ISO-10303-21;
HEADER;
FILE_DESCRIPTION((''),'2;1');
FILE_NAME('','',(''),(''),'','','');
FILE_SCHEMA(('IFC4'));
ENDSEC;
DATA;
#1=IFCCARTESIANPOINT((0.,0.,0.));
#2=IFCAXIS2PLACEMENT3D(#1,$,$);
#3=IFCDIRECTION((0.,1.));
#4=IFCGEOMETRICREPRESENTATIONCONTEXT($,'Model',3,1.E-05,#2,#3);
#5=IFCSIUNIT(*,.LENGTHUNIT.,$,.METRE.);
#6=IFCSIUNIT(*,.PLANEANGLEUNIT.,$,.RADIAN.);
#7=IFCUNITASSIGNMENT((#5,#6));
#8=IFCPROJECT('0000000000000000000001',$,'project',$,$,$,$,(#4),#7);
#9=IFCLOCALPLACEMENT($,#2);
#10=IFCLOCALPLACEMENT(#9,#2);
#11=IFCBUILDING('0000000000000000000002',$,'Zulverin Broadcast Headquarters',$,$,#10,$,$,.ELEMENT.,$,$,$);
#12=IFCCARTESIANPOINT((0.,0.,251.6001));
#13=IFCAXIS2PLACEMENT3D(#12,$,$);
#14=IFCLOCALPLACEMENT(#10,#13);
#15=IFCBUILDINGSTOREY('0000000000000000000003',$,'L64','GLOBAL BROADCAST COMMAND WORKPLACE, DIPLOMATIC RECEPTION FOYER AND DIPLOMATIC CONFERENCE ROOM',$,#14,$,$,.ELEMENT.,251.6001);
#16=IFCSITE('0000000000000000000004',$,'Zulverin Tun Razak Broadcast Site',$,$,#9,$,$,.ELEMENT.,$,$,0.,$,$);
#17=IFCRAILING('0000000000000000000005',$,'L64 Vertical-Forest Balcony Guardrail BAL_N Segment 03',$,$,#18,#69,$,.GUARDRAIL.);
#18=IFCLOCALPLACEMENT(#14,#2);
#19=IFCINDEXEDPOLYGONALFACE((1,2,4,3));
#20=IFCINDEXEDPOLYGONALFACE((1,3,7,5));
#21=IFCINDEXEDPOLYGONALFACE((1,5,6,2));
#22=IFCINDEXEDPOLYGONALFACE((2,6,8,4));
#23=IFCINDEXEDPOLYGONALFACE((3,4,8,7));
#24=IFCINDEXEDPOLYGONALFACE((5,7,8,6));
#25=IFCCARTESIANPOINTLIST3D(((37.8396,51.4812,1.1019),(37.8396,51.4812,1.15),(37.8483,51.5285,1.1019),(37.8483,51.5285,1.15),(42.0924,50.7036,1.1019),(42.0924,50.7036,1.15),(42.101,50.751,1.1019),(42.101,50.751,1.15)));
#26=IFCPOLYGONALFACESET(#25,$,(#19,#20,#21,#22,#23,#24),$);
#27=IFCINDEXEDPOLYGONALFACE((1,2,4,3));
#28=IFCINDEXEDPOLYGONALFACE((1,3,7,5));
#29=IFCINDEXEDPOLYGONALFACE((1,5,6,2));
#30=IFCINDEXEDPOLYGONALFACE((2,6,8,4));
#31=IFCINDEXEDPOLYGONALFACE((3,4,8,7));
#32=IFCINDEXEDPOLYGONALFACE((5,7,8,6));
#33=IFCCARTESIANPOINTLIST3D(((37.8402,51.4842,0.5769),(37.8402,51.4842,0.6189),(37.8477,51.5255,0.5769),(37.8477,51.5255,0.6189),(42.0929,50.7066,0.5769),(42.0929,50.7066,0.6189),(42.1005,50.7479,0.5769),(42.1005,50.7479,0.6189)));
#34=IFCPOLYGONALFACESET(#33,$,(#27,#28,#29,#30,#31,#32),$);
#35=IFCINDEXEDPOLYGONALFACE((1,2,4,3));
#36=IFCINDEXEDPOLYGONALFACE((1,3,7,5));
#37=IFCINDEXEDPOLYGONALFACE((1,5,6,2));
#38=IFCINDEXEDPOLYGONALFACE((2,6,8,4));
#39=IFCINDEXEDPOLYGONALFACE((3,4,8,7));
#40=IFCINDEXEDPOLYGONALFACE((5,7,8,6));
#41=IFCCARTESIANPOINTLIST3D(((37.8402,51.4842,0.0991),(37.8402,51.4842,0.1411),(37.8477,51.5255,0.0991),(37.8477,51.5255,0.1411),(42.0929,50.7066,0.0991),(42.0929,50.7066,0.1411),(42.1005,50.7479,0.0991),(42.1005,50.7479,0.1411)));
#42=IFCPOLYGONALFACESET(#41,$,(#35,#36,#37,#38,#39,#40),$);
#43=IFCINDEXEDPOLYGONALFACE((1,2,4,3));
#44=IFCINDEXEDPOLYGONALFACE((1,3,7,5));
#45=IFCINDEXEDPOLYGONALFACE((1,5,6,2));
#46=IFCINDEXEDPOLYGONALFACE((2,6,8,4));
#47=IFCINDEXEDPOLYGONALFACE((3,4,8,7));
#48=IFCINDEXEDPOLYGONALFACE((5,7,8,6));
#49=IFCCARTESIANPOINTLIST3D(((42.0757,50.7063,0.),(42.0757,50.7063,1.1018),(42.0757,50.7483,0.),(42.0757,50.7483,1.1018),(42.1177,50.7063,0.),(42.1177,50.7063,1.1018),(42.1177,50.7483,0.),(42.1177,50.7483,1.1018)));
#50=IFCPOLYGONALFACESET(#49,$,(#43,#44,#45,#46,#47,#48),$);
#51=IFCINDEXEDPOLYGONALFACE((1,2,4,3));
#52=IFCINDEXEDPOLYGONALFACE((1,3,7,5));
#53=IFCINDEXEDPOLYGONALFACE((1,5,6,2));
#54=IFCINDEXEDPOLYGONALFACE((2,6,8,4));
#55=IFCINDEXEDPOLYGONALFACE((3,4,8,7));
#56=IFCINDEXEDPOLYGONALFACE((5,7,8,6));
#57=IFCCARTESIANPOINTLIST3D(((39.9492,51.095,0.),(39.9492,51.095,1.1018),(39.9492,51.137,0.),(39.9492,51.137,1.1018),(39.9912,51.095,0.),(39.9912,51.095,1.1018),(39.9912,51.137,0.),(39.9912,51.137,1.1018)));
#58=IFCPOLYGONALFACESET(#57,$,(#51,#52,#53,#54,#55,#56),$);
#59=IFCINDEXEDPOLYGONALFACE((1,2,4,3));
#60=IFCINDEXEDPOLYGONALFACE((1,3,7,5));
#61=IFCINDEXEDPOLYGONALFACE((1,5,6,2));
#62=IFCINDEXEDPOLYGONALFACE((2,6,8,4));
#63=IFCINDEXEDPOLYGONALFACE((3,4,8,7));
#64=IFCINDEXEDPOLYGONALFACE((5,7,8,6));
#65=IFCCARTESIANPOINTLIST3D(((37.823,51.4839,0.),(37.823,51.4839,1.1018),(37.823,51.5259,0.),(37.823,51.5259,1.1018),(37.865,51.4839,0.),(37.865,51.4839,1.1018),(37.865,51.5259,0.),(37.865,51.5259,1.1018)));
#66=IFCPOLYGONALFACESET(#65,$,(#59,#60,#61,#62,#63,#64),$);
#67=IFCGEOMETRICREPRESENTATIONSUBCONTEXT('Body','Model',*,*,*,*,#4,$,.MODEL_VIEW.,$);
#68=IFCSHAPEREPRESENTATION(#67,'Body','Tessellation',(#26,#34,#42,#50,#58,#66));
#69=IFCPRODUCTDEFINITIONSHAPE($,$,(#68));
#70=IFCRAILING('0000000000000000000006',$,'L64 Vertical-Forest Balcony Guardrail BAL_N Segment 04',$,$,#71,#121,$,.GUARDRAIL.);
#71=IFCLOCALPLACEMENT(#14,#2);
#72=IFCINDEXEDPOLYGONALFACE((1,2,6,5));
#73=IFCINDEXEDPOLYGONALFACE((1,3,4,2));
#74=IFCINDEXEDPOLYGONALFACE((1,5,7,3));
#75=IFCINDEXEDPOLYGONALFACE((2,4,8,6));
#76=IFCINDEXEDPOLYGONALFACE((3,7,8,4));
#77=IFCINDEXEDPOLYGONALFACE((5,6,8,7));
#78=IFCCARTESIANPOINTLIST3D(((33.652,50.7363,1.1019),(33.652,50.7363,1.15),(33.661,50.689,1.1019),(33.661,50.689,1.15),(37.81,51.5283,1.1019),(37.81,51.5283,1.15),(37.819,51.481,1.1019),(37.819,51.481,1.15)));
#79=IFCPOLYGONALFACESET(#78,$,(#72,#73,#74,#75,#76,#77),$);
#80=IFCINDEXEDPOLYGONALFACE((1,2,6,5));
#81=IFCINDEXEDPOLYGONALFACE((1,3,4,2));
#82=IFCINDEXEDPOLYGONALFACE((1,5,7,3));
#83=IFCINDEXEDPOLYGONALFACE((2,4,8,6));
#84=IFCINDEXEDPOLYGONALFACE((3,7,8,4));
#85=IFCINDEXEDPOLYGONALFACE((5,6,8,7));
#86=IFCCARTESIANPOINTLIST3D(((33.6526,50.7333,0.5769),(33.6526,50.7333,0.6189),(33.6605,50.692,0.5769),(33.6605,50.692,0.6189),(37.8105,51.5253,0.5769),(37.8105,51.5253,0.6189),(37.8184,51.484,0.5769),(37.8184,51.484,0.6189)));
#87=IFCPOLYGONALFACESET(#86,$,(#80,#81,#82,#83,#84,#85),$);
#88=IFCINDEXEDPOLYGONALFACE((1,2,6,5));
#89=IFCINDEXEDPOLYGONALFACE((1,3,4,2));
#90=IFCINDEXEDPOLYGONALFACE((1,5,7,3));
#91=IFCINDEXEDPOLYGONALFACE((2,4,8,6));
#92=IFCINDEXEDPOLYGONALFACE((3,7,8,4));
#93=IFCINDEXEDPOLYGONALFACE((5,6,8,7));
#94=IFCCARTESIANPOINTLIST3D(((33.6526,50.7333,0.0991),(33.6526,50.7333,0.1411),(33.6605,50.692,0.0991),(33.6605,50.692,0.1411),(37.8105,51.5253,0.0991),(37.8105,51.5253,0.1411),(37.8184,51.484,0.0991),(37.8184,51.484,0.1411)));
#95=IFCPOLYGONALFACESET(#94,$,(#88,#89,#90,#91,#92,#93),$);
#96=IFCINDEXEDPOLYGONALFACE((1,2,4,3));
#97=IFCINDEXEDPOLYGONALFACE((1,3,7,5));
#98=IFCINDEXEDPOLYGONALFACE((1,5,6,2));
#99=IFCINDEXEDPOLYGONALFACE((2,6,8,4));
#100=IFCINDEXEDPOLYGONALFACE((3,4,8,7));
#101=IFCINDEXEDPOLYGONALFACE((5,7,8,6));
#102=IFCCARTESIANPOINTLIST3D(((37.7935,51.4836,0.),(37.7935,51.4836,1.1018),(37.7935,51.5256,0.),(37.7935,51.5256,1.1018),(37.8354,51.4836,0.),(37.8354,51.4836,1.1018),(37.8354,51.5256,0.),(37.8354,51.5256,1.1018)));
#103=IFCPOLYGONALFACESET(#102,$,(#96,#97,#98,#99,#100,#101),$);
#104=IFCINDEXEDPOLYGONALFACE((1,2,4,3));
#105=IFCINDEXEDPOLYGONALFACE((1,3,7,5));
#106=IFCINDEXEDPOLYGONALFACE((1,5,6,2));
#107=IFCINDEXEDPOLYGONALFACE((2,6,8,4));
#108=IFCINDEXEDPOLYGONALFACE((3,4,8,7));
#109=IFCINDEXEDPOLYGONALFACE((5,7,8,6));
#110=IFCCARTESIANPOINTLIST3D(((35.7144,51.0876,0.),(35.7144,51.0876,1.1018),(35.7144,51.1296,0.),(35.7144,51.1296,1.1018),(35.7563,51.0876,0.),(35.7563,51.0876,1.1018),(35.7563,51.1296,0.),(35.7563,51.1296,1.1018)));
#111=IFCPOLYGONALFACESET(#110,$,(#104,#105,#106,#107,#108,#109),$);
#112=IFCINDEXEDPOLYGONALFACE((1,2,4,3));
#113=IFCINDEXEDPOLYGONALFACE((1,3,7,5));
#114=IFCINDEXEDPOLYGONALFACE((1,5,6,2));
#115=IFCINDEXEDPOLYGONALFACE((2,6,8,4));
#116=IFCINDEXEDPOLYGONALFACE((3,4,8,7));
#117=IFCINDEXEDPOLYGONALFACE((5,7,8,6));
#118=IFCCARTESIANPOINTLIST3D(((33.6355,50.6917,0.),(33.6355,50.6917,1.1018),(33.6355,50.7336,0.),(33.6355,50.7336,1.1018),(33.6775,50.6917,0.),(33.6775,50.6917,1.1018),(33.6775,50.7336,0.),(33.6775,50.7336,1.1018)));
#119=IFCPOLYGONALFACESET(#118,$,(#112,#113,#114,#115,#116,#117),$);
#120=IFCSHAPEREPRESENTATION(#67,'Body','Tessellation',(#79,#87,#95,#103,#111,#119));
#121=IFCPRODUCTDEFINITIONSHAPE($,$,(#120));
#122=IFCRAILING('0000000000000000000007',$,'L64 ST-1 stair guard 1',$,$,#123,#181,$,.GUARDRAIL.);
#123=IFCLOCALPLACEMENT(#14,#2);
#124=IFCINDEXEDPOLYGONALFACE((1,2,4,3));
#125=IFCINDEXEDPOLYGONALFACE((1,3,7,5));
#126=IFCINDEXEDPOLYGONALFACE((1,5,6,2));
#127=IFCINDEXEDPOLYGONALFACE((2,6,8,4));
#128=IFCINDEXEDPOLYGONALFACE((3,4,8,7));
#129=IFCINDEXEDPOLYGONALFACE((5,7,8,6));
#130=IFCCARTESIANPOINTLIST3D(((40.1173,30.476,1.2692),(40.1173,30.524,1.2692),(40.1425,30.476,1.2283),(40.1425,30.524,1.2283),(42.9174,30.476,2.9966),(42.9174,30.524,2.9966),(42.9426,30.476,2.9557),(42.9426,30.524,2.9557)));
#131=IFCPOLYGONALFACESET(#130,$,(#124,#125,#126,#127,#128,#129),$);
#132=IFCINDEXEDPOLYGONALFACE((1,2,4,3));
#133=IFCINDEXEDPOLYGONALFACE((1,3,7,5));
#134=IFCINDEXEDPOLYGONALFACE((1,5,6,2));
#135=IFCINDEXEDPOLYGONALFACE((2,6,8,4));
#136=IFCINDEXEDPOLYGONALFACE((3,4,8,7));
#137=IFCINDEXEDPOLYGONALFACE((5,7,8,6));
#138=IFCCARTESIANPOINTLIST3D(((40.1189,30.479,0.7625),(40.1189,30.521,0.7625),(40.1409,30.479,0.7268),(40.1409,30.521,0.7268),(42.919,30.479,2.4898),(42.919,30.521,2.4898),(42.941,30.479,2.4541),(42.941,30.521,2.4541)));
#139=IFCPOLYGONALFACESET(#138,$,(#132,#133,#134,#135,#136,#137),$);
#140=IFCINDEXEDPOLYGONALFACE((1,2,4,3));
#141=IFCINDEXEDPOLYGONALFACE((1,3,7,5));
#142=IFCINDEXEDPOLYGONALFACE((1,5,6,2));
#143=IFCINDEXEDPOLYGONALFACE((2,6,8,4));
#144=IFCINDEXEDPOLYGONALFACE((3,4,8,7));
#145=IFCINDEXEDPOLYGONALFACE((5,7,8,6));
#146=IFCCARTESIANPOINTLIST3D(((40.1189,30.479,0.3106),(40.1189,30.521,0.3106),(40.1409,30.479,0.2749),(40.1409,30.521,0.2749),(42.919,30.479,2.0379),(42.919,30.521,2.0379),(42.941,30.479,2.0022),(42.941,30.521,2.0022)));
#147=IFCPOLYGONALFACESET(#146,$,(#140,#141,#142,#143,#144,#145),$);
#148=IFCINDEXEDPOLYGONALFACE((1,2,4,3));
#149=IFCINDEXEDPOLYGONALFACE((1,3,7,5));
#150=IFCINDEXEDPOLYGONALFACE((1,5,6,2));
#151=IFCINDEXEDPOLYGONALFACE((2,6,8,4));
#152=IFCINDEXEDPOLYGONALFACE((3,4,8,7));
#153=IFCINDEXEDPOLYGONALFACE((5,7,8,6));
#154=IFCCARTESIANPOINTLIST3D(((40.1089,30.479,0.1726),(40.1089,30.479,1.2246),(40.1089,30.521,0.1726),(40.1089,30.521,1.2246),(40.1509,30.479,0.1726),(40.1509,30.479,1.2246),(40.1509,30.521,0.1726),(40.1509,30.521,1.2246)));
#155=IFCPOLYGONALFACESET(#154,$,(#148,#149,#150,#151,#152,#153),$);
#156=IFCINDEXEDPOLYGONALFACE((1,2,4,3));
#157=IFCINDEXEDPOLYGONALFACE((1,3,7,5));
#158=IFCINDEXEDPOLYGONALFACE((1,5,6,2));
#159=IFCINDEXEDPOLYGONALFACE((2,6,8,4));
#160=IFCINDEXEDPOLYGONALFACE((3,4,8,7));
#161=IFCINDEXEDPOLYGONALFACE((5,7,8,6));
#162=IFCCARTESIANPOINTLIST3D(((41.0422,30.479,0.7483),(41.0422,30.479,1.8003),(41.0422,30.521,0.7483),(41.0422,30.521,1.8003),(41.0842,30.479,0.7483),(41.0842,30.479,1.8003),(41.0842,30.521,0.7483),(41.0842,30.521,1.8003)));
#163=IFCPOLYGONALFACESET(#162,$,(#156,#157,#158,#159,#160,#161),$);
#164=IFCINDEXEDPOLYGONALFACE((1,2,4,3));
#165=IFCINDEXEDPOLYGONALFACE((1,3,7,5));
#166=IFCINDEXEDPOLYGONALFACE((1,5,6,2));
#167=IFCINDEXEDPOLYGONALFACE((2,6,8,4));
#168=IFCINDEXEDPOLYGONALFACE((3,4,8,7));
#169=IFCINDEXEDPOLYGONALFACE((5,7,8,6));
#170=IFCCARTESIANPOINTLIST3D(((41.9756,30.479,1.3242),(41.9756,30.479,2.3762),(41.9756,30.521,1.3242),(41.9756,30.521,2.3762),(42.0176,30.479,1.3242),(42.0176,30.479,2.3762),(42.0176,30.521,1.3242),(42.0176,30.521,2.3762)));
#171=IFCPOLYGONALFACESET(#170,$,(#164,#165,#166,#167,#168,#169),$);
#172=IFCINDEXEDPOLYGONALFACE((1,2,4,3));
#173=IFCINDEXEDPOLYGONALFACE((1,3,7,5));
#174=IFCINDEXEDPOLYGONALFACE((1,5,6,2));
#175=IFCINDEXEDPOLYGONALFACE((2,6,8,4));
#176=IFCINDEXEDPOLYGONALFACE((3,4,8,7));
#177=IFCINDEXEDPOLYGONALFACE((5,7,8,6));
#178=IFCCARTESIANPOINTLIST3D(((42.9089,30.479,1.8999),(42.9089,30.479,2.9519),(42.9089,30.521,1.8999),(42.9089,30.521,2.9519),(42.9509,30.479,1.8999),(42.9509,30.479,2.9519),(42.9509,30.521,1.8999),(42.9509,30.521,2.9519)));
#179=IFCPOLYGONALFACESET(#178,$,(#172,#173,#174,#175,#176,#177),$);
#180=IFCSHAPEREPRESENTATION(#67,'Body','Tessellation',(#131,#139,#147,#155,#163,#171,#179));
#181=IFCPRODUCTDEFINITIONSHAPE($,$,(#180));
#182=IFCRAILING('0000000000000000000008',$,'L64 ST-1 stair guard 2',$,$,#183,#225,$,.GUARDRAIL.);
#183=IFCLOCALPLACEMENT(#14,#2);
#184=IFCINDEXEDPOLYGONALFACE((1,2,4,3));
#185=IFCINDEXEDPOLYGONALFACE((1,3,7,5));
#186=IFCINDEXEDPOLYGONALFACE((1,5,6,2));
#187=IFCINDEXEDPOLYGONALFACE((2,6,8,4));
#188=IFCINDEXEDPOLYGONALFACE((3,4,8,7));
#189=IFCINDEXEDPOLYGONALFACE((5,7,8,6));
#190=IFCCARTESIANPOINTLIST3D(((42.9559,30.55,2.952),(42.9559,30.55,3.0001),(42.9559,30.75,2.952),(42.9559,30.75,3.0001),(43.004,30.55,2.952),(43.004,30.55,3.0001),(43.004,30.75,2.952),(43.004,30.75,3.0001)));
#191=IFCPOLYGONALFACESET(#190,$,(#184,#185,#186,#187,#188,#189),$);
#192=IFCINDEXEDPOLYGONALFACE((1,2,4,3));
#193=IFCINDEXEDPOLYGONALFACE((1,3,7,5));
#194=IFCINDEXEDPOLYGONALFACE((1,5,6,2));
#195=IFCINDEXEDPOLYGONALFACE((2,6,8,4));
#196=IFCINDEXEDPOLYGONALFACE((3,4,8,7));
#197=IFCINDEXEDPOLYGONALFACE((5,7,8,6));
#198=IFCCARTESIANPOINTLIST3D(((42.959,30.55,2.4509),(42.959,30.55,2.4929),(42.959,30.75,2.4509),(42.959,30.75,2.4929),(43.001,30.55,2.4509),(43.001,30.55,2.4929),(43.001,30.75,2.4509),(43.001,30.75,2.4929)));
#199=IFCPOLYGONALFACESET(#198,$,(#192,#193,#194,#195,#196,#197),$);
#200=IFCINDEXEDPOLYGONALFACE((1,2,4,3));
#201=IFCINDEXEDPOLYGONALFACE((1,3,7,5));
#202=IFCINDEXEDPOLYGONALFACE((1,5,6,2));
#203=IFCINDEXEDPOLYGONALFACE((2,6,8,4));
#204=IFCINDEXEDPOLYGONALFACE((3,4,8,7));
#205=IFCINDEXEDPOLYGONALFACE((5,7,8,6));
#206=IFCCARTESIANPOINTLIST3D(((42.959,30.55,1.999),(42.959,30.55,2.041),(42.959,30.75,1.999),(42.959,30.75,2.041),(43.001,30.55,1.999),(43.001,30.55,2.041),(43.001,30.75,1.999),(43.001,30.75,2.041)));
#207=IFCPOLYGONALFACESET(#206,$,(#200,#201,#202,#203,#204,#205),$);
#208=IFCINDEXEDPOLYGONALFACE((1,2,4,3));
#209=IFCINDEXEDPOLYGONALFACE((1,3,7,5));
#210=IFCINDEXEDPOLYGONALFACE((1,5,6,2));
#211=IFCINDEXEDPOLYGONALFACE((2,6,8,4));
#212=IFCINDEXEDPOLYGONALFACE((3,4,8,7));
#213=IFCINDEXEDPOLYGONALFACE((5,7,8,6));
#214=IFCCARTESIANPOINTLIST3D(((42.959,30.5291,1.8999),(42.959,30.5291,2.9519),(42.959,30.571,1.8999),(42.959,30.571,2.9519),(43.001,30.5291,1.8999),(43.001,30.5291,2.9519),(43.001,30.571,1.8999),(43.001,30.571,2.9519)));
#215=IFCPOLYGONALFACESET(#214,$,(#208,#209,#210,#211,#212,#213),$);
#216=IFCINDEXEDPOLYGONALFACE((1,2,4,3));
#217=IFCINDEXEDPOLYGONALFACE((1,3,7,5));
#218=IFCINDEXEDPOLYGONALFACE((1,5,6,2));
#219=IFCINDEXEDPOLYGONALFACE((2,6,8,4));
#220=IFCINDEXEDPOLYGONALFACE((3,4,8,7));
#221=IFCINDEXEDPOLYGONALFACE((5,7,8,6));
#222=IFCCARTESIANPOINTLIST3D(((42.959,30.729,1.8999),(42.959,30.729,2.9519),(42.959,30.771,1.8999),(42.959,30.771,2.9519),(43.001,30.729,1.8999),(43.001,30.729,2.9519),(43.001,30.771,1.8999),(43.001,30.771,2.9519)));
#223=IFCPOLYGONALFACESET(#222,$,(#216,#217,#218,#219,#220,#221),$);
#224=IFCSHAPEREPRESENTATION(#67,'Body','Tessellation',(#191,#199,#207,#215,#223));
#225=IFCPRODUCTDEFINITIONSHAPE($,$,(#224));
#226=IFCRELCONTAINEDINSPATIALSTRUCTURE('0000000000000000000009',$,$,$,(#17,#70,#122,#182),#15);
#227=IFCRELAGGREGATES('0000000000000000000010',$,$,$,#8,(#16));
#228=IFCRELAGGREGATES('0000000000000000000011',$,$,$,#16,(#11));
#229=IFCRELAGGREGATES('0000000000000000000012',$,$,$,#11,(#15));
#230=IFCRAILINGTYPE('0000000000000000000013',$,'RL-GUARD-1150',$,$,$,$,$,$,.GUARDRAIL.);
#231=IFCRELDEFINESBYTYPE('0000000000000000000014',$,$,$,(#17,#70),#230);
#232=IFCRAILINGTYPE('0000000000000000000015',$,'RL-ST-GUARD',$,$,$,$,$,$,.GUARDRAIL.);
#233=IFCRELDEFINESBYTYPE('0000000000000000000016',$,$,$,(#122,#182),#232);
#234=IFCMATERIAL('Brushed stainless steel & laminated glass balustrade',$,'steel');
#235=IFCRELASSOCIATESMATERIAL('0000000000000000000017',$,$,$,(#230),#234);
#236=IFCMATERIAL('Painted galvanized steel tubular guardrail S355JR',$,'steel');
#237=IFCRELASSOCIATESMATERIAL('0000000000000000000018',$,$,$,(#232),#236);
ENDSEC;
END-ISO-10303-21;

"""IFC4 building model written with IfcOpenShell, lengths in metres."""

from ifc_helpers import new_model, si_unit, direction, frame, origin, origin_2d, place, context, subcontext, project, spatial, rectangle, extrude, material, type_object, element, save


model = new_model("IFC4")

# Units and contexts
model_context = context("Model", 3, precision=1e-05, world=origin(), true_north=direction((0.0, 1.0)))
body_context = subcontext(model_context, "Body", "Model", "MODEL_VIEW")
ifc_project = project(units=[si_unit("LENGTHUNIT", "METRE"), si_unit("PLANEANGLEUNIT", "RADIAN")], contexts=[model_context])

# Site, building, storey
site_placement = place(None, origin())
site = spatial("IfcSite", under=ifc_project, at=site_placement, Name="Zulverin Tun Razak Broadcast Site", CompositionType="ELEMENT", RefElevation=0.0)
building_placement = place(site_placement, origin())
building = spatial("IfcBuilding", under=site, at=building_placement, Name="Zulverin Broadcast Headquarters", CompositionType="ELEMENT")
storey_placement = place(building_placement, frame((0.0, 0.0, 251.6001)))
storey = spatial("IfcBuildingStorey", under=building, at=storey_placement, Name="L64", Description="GLOBAL BROADCAST COMMAND WORKPLACE, DIPLOMATIC RECEPTION FOYER AND DIPLOMATIC CONFERENCE ROOM", CompositionType="ELEMENT", Elevation=251.6001)

# Railings
ifc_material_1 = material(Name="Brushed stainless steel & laminated glass balustrade", Category="steel")
railing_type_1 = type_object("IfcRailingType", Name="RL-GUARD-1150", PredefinedType="GUARDRAIL", material=ifc_material_1)
railing_1_placement = place(storey_placement, frame((42.0967, 50.7273, 0.0)))
element("IfcRailing", 1, at=railing_1_placement, inside=storey, type_object=railing_type_1, Name="L64 Vertical-Forest Balcony Guardrail BAL_N Segment 03", PredefinedType="GUARDRAIL", context=body_context, shape_type="SweptSolid", body=[
    extrude(rectangle(XDim=0.0481, YDim=0.0481, at=origin_2d()), frame((0.0, 0.0, 1.126), z_axis=(-0.983691, 0.179864, 0.0), x_axis=(-0.179864, -0.983691, 0.0)), (0.0, 0.0, 1.0), 4.3232),
    extrude(rectangle(XDim=0.042, YDim=0.042, at=origin_2d()), frame((0.0, 0.0, 0.5979), z_axis=(-0.983691, 0.179864, 0.0), x_axis=(-0.179864, -0.983691, 0.0)), (0.0, 0.0, 1.0), 4.3232),
    extrude(rectangle(XDim=0.042, YDim=0.042, at=origin_2d()), frame((0.0, 0.0, 0.1201), z_axis=(-0.983691, 0.179864, 0.0), x_axis=(-0.179864, -0.983691, 0.0)), (0.0, 0.0, 1.0), 4.3232),
    extrude(rectangle(XDim=0.042, YDim=0.042, at=origin_2d()), origin(), (0.0, 0.0, 1.0), 1.1018),
    extrude(rectangle(XDim=0.042, YDim=0.042, at=origin_2d()), frame((-2.1265, 0.3887, 0.0)), (0.0, 0.0, 1.0), 1.1018),
    extrude(rectangle(XDim=0.042, YDim=0.042, at=origin_2d()), frame((-4.2527, 0.7776, 0.0)), (0.0, 0.0, 1.0), 1.1018),
])
railing_2_placement = place(storey_placement, frame((37.8145, 51.5046, 0.0)))
element("IfcRailing", 2, at=railing_2_placement, inside=storey, type_object=railing_type_1, Name="L64 Vertical-Forest Balcony Guardrail BAL_N Segment 04", PredefinedType="GUARDRAIL", context=body_context, shape_type="SweptSolid", body=[
    extrude(rectangle(XDim=0.0481, YDim=0.0481, at=origin_2d()), frame((0.0, 0.0, 1.126), z_axis=(-0.982339, -0.187112, 0.0), x_axis=(0.187112, -0.982339, 0.0)), (0.0, 0.0, 1.0), 4.2327),
    extrude(rectangle(XDim=0.042, YDim=0.042, at=origin_2d()), frame((0.0, 0.0, 0.5979), z_axis=(-0.982339, -0.187112, 0.0), x_axis=(0.187112, -0.982339, 0.0)), (0.0, 0.0, 1.0), 4.2327),
    extrude(rectangle(XDim=0.042, YDim=0.042, at=origin_2d()), frame((0.0, 0.0, 0.1201), z_axis=(-0.982339, -0.187112, 0.0), x_axis=(0.187112, -0.982339, 0.0)), (0.0, 0.0, 1.0), 4.2327),
    extrude(rectangle(XDim=0.042, YDim=0.042, at=origin_2d()), origin(), (0.0, 0.0, 1.0), 1.1018),
    extrude(rectangle(XDim=0.042, YDim=0.042, at=origin_2d()), frame((-2.0791, -0.396, 0.0)), (0.0, 0.0, 1.0), 1.1018),
    extrude(rectangle(XDim=0.042, YDim=0.042, at=origin_2d()), frame((-4.158, -0.792, 0.0)), (0.0, 0.0, 1.0), 1.1018),
])
ifc_material_2 = material(Name="Painted galvanized steel tubular guardrail S355JR", Category="steel")
railing_type_2 = type_object("IfcRailingType", Name="RL-ST-GUARD", PredefinedType="GUARDRAIL", material=ifc_material_2)
railing_3_placement = place(storey_placement, frame((40.1299, 30.5, 0.1726)))
element("IfcRailing", 3, at=railing_3_placement, inside=storey, type_object=railing_type_2, Name="L64 ST-1 stair guard 1", PredefinedType="GUARDRAIL", context=body_context, shape_type="SweptSolid", body=[
    extrude(rectangle(XDim=0.0481, YDim=0.0481, at=origin_2d()), frame((0.0, 0.0, 1.0762), z_axis=(0.85109, 0.0, 0.52502), x_axis=(0.0, 1.0, 0.0)), (0.0, 0.0, 1.0), 3.29),
    extrude(rectangle(XDim=0.042, YDim=0.042, at=origin_2d()), frame((0.0, 0.0, 0.572), z_axis=(0.85109, 0.0, 0.52502), x_axis=(0.0, 1.0, 0.0)), (0.0, 0.0, 1.0), 3.29),
    extrude(rectangle(XDim=0.042, YDim=0.042, at=origin_2d()), frame((0.0, 0.0, 0.1201), z_axis=(0.85109, 0.0, 0.52502), x_axis=(0.0, 1.0, 0.0)), (0.0, 0.0, 1.0), 3.29),
    extrude(rectangle(XDim=0.042, YDim=0.042, at=origin_2d()), origin(), (0.0, 0.0, 1.0), 1.052),
    extrude(rectangle(XDim=0.042, YDim=0.042, at=origin_2d()), frame((0.9333, 0.0, 0.5757)), (0.0, 0.0, 1.0), 1.052),
    extrude(rectangle(XDim=0.042, YDim=0.042, at=origin_2d()), frame((1.8667, 0.0, 1.1516)), (0.0, 0.0, 1.0), 1.052),
    extrude(rectangle(XDim=0.042, YDim=0.042, at=origin_2d()), frame((2.8, 0.0, 1.7273)), (0.0, 0.0, 1.0), 1.052),
])
railing_4_placement = place(storey_placement, frame((42.98, 30.55, 1.8999)))
element("IfcRailing", 4, at=railing_4_placement, inside=storey, type_object=railing_type_2, Name="L64 ST-1 stair guard 2", PredefinedType="GUARDRAIL", context=body_context, shape_type="SweptSolid", body=[
    extrude(rectangle(XDim=0.0481, YDim=0.0481, at=origin_2d()), frame((0.0, 0.0, 1.0762), z_axis=(0.0, 1.0, 0.0), x_axis=(-1.0, 0.0, 0.0)), (0.0, 0.0, 1.0), 0.2),
    extrude(rectangle(XDim=0.042, YDim=0.042, at=origin_2d()), frame((0.0, 0.0, 0.572), z_axis=(0.0, 1.0, 0.0), x_axis=(-1.0, 0.0, 0.0)), (0.0, 0.0, 1.0), 0.2),
    extrude(rectangle(XDim=0.042, YDim=0.042, at=origin_2d()), frame((0.0, 0.0, 0.1201), z_axis=(0.0, 1.0, 0.0), x_axis=(-1.0, 0.0, 0.0)), (0.0, 0.0, 1.0), 0.2),
    extrude(rectangle(XDim=0.042, YDim=0.042, at=origin_2d()), origin(), (0.0, 0.0, 1.0), 1.052),
    extrude(rectangle(XDim=0.042, YDim=0.042, at=origin_2d()), frame((0.0, 0.2, 0.0)), (0.0, 0.0, 1.0), 1.052),
])

save(model, "model.ifc")
